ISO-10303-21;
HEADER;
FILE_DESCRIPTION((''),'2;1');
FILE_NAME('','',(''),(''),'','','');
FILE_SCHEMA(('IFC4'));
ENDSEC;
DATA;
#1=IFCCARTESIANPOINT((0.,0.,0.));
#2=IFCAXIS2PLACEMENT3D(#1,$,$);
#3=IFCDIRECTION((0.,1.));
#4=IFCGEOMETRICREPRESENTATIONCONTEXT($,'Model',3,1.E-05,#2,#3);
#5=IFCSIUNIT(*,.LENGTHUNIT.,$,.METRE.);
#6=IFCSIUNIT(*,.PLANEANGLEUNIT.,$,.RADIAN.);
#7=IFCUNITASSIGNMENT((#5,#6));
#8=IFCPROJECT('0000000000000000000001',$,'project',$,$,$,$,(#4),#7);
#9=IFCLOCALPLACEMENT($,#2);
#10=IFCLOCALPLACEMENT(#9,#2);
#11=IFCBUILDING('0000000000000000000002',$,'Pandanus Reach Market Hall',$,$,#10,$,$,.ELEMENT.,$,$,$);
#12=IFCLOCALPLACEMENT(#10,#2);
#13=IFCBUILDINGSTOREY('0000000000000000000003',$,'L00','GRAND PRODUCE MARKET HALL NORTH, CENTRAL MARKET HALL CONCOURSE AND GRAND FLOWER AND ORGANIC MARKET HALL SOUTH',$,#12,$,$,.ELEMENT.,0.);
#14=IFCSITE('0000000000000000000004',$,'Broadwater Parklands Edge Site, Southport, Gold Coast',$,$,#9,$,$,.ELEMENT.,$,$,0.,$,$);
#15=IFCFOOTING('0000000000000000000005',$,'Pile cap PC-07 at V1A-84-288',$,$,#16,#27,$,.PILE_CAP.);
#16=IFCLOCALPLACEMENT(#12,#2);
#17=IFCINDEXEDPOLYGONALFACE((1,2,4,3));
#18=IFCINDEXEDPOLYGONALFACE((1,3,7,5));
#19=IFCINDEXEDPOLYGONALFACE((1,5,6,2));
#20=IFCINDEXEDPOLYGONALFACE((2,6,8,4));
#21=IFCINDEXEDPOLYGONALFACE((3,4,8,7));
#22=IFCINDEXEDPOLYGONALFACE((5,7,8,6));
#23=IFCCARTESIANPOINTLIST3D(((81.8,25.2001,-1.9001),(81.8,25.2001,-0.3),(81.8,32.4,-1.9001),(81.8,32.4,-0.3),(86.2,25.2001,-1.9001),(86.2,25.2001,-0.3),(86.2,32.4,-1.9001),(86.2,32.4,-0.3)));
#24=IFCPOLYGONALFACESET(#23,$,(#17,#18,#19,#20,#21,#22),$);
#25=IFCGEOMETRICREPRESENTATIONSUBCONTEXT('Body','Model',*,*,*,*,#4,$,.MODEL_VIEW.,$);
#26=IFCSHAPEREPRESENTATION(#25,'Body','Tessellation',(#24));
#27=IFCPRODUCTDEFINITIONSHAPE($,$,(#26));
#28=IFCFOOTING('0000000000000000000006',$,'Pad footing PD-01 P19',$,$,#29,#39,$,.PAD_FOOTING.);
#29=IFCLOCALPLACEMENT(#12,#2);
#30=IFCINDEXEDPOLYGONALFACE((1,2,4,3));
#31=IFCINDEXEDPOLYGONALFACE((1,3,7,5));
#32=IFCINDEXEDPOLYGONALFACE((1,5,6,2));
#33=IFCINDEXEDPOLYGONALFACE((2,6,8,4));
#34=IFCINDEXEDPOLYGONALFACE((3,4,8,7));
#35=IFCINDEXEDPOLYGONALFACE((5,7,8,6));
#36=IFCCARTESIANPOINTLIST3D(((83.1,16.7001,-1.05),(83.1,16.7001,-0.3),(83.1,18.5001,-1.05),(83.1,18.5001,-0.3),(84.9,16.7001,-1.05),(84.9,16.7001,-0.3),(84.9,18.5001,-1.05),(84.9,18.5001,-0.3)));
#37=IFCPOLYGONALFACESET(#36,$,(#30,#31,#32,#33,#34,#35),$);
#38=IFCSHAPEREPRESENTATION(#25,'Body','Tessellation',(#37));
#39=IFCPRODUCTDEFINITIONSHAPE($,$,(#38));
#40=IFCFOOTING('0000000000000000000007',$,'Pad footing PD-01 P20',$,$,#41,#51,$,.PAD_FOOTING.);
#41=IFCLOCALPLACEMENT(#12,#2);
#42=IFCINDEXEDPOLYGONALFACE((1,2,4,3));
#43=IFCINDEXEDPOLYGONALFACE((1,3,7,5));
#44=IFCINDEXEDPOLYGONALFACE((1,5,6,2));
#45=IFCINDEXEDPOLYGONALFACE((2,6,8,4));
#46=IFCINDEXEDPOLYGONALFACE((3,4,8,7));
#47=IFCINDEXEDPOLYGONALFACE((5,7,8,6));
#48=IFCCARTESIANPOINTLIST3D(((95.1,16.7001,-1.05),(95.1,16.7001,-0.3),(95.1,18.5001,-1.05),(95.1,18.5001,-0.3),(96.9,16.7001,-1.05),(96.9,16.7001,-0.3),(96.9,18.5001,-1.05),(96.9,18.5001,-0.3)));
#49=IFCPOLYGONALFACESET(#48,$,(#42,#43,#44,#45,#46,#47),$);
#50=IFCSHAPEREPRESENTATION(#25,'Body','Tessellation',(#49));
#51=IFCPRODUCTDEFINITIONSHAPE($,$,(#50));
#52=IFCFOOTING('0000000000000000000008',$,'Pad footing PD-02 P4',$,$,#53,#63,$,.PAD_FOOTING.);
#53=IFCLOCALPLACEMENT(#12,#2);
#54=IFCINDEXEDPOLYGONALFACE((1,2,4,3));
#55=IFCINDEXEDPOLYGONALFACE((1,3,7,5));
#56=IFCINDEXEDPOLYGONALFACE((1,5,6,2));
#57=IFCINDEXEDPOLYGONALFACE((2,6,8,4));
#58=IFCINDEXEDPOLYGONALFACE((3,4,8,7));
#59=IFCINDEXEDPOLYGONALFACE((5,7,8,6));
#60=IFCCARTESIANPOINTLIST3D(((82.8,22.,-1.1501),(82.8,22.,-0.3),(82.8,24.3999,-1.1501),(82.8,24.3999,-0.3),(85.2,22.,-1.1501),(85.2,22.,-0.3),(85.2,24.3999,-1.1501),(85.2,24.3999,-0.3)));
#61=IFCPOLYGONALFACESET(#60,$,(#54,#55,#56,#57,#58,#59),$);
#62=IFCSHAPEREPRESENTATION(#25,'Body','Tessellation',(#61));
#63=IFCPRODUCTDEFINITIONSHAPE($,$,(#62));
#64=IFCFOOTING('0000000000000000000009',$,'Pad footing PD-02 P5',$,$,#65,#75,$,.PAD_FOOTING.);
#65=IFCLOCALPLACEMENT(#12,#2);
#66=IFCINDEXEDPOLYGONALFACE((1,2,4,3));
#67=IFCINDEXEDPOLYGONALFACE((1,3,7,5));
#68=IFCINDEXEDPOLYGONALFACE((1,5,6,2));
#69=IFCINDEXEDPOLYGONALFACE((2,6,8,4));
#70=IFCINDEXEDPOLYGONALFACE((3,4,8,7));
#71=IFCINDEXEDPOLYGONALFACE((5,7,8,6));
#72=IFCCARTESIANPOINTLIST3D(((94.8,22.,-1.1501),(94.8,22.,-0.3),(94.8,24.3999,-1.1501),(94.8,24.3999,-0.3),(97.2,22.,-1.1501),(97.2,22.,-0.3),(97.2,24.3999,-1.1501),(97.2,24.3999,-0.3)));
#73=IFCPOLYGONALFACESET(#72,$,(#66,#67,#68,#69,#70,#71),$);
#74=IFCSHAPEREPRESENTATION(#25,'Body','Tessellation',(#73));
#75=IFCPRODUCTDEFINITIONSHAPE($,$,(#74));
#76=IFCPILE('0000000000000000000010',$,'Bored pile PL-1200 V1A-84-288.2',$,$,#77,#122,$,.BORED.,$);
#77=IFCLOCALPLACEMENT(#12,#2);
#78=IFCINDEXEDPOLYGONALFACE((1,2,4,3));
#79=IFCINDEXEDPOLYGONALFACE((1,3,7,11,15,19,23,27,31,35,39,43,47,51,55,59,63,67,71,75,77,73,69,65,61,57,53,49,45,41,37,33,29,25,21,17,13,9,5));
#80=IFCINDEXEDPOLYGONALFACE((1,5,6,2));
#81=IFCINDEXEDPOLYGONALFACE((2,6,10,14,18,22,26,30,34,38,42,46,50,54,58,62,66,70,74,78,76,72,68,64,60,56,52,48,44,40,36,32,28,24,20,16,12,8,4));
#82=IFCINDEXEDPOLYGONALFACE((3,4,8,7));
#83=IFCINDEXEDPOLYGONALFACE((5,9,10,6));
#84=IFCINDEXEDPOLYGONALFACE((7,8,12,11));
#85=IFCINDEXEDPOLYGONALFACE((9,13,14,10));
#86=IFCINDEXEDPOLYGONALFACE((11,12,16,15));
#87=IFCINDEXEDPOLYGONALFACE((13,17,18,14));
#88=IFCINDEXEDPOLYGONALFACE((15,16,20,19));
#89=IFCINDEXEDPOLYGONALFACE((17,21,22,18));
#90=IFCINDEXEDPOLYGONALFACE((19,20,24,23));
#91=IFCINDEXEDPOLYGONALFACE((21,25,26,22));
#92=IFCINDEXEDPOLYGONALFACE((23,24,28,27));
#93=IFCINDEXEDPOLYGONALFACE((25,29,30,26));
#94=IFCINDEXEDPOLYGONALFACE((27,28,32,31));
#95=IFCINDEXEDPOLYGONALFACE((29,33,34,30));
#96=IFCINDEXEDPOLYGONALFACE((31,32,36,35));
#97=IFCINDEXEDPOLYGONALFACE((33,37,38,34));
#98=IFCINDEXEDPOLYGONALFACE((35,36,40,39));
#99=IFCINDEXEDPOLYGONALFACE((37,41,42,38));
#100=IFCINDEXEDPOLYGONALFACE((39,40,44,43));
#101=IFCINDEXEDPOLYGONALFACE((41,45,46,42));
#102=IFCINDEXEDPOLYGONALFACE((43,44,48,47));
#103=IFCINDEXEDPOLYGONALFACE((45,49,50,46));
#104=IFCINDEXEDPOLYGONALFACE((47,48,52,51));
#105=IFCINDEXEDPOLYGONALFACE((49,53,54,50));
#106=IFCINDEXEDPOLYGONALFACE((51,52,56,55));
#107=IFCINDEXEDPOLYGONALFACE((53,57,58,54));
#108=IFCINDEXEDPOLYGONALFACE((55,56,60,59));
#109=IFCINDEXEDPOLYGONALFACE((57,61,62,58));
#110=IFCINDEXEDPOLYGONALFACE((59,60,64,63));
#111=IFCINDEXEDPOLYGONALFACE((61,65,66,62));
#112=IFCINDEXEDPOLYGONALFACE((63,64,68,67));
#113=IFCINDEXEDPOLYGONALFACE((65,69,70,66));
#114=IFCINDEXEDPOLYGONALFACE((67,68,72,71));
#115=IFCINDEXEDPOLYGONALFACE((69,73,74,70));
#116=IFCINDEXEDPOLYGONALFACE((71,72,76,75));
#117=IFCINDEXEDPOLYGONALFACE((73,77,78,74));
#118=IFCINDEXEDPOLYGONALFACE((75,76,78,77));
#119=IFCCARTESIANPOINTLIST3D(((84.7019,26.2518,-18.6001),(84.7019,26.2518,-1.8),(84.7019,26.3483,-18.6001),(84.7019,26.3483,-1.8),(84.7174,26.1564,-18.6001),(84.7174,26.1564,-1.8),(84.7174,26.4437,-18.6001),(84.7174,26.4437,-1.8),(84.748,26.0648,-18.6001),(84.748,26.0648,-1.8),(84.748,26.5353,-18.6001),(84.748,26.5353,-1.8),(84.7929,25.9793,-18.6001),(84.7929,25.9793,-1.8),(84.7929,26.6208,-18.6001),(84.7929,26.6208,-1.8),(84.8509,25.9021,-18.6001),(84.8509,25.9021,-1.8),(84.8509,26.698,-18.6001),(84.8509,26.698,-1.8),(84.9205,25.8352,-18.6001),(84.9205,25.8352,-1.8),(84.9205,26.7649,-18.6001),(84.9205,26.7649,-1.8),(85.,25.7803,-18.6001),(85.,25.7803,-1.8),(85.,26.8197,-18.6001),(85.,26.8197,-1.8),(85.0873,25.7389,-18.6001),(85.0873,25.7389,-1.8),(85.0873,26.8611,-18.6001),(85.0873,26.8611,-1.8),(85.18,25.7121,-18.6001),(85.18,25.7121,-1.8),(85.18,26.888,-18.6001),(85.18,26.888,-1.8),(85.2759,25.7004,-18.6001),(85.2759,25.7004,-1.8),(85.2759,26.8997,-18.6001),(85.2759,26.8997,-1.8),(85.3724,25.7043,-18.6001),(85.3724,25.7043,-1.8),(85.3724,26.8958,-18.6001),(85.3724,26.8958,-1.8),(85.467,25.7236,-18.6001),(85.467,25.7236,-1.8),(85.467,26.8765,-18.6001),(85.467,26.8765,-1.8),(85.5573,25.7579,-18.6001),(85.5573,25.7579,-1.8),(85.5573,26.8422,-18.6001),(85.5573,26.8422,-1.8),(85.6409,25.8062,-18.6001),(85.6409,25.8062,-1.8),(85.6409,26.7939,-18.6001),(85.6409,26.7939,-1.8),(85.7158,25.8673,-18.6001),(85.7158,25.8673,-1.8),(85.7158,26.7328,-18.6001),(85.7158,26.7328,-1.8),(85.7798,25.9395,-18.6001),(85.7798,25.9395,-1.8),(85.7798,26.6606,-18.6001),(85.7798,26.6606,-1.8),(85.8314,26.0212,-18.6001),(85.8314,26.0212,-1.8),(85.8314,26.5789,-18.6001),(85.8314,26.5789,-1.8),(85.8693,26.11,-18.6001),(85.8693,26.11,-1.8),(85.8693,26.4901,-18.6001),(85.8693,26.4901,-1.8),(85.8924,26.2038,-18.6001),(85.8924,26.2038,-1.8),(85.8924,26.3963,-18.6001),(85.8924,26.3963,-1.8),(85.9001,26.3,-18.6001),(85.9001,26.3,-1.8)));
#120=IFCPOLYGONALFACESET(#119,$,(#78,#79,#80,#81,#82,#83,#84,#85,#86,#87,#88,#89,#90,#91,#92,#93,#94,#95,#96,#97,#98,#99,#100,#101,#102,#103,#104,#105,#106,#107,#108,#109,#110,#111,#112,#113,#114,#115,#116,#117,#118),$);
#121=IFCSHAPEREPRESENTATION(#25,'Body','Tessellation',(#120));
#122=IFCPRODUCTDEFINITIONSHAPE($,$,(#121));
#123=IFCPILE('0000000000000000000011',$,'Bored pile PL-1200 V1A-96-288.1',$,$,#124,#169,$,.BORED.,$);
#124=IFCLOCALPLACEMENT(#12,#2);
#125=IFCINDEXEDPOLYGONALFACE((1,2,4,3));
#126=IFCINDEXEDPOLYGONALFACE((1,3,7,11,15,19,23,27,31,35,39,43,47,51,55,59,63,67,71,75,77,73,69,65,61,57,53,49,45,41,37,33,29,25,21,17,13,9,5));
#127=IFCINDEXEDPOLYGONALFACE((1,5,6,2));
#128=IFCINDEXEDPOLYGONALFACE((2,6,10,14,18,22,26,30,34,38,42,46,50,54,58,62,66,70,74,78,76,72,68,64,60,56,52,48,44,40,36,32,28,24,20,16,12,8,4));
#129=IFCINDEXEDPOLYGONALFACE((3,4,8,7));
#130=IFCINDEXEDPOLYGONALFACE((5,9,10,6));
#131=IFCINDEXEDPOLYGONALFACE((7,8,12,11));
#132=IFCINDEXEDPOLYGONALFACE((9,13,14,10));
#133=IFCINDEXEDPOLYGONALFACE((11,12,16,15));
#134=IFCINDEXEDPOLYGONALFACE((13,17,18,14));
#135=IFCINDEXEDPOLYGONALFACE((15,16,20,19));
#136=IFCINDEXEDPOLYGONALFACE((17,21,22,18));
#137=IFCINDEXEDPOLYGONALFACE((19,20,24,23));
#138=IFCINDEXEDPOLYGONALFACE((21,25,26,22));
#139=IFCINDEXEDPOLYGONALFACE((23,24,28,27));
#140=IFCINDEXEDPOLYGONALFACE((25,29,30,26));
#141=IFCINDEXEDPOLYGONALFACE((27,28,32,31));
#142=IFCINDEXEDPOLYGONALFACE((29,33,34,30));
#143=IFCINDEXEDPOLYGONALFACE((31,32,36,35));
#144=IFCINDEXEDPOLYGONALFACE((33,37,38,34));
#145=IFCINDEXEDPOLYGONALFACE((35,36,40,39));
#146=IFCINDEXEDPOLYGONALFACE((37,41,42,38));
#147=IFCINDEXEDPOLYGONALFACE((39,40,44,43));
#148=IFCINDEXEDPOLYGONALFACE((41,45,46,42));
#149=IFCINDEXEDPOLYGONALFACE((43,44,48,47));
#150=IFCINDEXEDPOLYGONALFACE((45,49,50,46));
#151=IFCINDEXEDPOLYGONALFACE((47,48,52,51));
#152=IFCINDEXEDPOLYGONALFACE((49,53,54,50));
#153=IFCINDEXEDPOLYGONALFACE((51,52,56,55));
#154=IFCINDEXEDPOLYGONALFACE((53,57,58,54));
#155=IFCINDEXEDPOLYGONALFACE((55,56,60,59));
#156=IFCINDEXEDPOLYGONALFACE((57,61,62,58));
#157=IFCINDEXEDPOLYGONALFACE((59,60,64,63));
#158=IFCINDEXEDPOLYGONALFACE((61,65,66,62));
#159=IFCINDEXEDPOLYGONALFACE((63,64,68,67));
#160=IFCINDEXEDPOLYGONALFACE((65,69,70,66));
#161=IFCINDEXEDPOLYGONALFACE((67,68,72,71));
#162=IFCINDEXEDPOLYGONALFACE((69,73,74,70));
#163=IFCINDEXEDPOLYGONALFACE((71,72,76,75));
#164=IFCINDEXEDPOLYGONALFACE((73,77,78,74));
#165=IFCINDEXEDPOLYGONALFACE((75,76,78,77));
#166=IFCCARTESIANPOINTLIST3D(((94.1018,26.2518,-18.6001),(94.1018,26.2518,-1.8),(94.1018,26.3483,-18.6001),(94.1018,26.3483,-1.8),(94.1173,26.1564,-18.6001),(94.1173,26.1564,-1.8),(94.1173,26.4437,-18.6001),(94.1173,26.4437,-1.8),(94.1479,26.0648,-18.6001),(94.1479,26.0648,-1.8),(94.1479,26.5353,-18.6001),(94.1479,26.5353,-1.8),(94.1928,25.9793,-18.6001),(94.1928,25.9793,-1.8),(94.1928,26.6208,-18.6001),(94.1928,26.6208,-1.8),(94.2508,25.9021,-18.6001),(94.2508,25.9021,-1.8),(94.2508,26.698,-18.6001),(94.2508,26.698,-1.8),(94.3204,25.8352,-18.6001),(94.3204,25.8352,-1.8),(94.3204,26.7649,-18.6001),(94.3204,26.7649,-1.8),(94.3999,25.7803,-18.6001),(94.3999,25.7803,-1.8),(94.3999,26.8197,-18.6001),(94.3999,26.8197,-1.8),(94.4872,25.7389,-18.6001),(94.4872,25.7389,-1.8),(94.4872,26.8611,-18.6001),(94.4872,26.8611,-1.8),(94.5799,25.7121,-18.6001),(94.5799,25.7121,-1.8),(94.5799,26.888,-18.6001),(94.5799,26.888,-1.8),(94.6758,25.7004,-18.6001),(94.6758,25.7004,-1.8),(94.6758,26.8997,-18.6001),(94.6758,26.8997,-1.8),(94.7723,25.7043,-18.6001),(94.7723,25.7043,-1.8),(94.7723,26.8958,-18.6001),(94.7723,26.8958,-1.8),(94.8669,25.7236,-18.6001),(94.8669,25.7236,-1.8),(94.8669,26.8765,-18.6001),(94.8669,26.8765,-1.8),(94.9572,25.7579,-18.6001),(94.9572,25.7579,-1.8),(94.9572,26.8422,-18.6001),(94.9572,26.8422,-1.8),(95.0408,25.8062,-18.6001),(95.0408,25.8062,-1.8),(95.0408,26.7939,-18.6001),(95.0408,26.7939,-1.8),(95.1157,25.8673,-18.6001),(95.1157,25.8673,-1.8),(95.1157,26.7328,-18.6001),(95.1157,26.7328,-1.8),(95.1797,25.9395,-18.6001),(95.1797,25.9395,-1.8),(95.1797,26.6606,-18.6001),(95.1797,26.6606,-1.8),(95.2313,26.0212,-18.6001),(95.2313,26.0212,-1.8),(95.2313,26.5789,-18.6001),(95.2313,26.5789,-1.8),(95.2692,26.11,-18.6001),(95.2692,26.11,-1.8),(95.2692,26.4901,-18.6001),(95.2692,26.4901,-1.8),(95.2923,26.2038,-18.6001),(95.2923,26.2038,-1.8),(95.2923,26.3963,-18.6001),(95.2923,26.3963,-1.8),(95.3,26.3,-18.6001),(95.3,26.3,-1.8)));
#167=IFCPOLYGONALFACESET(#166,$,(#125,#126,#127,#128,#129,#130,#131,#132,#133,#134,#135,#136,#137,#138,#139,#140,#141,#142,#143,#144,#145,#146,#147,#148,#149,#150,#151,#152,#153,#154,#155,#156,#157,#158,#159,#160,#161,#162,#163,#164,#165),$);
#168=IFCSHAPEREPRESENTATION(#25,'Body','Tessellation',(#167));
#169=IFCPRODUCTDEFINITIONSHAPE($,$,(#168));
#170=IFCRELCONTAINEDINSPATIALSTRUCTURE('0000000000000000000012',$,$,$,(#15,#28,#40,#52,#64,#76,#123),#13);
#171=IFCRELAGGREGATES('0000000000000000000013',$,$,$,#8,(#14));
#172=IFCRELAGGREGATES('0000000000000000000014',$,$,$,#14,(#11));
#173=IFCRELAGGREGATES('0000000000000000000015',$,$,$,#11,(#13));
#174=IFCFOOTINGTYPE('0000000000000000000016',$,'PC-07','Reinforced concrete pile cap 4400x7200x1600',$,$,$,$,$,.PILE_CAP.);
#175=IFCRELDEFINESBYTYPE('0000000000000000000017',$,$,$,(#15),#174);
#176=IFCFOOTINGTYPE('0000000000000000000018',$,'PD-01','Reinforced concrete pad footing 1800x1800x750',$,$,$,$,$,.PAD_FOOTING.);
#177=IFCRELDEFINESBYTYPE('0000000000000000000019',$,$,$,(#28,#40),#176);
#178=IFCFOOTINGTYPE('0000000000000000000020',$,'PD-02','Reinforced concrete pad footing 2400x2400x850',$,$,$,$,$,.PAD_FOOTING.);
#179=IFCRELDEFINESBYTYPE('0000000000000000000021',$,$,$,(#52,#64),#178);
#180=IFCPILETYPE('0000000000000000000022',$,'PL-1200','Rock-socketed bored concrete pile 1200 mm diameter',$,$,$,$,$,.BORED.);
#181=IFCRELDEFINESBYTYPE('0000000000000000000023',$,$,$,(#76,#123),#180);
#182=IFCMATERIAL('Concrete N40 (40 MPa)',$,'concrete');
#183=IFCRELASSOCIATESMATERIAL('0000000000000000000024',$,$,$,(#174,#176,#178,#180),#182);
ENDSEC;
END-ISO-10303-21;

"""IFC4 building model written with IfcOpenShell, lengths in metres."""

from ifc_helpers import new_model, si_unit, direction, frame, origin, origin_2d, place, context, subcontext, project, spatial, rectangle, circle, extrude, material, material_profile, profile_set, type_object, element, save


model = new_model("IFC4")

# Units and contexts
model_context = context("Model", 3, precision=1e-05, world=origin(), true_north=direction((0.0, 1.0)))
body_context = subcontext(model_context, "Body", "Model", "MODEL_VIEW")
ifc_project = project(units=[si_unit("LENGTHUNIT", "METRE"), si_unit("PLANEANGLEUNIT", "RADIAN")], contexts=[model_context])

# Site, building, storey
site_placement = place(None, origin())
site = spatial("IfcSite", under=ifc_project, at=site_placement, Name="Broadwater Parklands Edge Site, Southport, Gold Coast", CompositionType="ELEMENT", RefElevation=0.0)
building_placement = place(site_placement, origin())
building = spatial("IfcBuilding", under=site, at=building_placement, Name="Pandanus Reach Market Hall", CompositionType="ELEMENT")
storey_placement = place(building_placement, origin())
storey = spatial("IfcBuildingStorey", under=building, at=storey_placement, Name="L00", Description="GRAND PRODUCE MARKET HALL NORTH, CENTRAL MARKET HALL CONCOURSE AND GRAND FLOWER AND ORGANIC MARKET HALL SOUTH", CompositionType="ELEMENT", Elevation=0.0)

# Footings
ifc_material_1 = material(Name="Concrete N40 (40 MPa)", Category="concrete")
footing_type_1 = type_object("IfcFootingType", Name="PC-07", Description="Reinforced concrete pile cap 4400x7200x1600", PredefinedType="PILE_CAP", material=ifc_material_1)
footing_placement = place(storey_placement, frame((84.0, 28.8, -1.9001), z_axis=(0.0, 0.0, 1.0), x_axis=(1.0, 0.0, 0.0)))
element("IfcFooting", 1, at=footing_placement, inside=storey, type_object=footing_type_1, Name="Pile cap PC-07 at V1A-84-288", PredefinedType="PILE_CAP", context=body_context, shape_type="SweptSolid", body=[
    extrude(rectangle(XDim=4.3999, YDim=7.2, at=origin_2d()), origin(), (0.0, 0.0, 1.0), 1.6001),
])
footing_type_2 = type_object("IfcFootingType", Name="PD-01", Description="Reinforced concrete pad footing 1800x1800x750", PredefinedType="PAD_FOOTING", material=ifc_material_1)
for number, where, z_axis, x_axis, name in (
    (2, (84.0, 17.6001, -1.05), (0.0, 0.0, 1.0), (1.0, 0.0, 0.0), "Pad footing PD-01 P19"),
    (3, (96.0, 17.6001, -1.05), (0.0, 0.0, 1.0), (1.0, 0.0, 0.0), "Pad footing PD-01 P20"),
):
    element("IfcFooting", number, at=place(storey_placement, frame(where, z_axis=z_axis, x_axis=x_axis)), inside=storey, type_object=footing_type_2, Name=name, PredefinedType="PAD_FOOTING", context=body_context, shape_type="SweptSolid", body=[
        extrude(rectangle(XDim=1.8, YDim=1.8, at=origin_2d()), origin(), (0.0, 0.0, 1.0), 0.75),
    ])
footing_type_3 = type_object("IfcFootingType", Name="PD-02", Description="Reinforced concrete pad footing 2400x2400x850", PredefinedType="PAD_FOOTING", material=ifc_material_1)
for number, where, z_axis, x_axis, name in (
    (4, (84.0, 23.2, -1.1501), (0.0, 0.0, 1.0), (1.0, 0.0, 0.0), "Pad footing PD-02 P4"),
    (5, (96.0, 23.2, -1.1501), (0.0, 0.0, 1.0), (1.0, 0.0, 0.0), "Pad footing PD-02 P5"),
):
    element("IfcFooting", number, at=place(storey_placement, frame(where, z_axis=z_axis, x_axis=x_axis)), inside=storey, type_object=footing_type_3, Name=name, PredefinedType="PAD_FOOTING", context=body_context, shape_type="SweptSolid", body=[
        extrude(rectangle(XDim=2.3999, YDim=2.3999, at=origin_2d()), origin(), (0.0, 0.0, 1.0), 0.8501),
    ])

# Piles
ifc_material_profile_1 = material_profile(ifc_material_1, circle(Radius=0.6001, at=origin_2d()), Name="PILE-1200D", Category="LoadBearing")
ifc_profile_set_1 = profile_set([ifc_material_profile_1], Name="Concrete N40 (40 MPa)")
pile_type = type_object("IfcPileType", Name="PL-1200", Description="Rock-socketed bored concrete pile 1200 mm diameter", PredefinedType="BORED", material=ifc_profile_set_1)
for number, where, z_axis, x_axis, name in (
    (6, (85.3, 26.3, -1.8), (0.0, 0.0, -1.0), (1.0, 0.0, 0.0), "Bored pile PL-1200 V1A-84-288.2"),
    (7, (94.7, 26.3, -1.8), (0.0, 0.0, -1.0), (1.0, 0.0, 0.0), "Bored pile PL-1200 V1A-96-288.1"),
):
    element("IfcPile", number, at=place(storey_placement, frame(where, z_axis=z_axis, x_axis=x_axis)), inside=storey, type_object=pile_type, Name=name, PredefinedType="BORED", context=body_context, shape_type="SweptSolid", body=[
        extrude(circle(Radius=0.6001, at=origin_2d()), origin(), (0.0, 0.0, 1.0), 16.8),
    ])

save(model, "model.ifc")
